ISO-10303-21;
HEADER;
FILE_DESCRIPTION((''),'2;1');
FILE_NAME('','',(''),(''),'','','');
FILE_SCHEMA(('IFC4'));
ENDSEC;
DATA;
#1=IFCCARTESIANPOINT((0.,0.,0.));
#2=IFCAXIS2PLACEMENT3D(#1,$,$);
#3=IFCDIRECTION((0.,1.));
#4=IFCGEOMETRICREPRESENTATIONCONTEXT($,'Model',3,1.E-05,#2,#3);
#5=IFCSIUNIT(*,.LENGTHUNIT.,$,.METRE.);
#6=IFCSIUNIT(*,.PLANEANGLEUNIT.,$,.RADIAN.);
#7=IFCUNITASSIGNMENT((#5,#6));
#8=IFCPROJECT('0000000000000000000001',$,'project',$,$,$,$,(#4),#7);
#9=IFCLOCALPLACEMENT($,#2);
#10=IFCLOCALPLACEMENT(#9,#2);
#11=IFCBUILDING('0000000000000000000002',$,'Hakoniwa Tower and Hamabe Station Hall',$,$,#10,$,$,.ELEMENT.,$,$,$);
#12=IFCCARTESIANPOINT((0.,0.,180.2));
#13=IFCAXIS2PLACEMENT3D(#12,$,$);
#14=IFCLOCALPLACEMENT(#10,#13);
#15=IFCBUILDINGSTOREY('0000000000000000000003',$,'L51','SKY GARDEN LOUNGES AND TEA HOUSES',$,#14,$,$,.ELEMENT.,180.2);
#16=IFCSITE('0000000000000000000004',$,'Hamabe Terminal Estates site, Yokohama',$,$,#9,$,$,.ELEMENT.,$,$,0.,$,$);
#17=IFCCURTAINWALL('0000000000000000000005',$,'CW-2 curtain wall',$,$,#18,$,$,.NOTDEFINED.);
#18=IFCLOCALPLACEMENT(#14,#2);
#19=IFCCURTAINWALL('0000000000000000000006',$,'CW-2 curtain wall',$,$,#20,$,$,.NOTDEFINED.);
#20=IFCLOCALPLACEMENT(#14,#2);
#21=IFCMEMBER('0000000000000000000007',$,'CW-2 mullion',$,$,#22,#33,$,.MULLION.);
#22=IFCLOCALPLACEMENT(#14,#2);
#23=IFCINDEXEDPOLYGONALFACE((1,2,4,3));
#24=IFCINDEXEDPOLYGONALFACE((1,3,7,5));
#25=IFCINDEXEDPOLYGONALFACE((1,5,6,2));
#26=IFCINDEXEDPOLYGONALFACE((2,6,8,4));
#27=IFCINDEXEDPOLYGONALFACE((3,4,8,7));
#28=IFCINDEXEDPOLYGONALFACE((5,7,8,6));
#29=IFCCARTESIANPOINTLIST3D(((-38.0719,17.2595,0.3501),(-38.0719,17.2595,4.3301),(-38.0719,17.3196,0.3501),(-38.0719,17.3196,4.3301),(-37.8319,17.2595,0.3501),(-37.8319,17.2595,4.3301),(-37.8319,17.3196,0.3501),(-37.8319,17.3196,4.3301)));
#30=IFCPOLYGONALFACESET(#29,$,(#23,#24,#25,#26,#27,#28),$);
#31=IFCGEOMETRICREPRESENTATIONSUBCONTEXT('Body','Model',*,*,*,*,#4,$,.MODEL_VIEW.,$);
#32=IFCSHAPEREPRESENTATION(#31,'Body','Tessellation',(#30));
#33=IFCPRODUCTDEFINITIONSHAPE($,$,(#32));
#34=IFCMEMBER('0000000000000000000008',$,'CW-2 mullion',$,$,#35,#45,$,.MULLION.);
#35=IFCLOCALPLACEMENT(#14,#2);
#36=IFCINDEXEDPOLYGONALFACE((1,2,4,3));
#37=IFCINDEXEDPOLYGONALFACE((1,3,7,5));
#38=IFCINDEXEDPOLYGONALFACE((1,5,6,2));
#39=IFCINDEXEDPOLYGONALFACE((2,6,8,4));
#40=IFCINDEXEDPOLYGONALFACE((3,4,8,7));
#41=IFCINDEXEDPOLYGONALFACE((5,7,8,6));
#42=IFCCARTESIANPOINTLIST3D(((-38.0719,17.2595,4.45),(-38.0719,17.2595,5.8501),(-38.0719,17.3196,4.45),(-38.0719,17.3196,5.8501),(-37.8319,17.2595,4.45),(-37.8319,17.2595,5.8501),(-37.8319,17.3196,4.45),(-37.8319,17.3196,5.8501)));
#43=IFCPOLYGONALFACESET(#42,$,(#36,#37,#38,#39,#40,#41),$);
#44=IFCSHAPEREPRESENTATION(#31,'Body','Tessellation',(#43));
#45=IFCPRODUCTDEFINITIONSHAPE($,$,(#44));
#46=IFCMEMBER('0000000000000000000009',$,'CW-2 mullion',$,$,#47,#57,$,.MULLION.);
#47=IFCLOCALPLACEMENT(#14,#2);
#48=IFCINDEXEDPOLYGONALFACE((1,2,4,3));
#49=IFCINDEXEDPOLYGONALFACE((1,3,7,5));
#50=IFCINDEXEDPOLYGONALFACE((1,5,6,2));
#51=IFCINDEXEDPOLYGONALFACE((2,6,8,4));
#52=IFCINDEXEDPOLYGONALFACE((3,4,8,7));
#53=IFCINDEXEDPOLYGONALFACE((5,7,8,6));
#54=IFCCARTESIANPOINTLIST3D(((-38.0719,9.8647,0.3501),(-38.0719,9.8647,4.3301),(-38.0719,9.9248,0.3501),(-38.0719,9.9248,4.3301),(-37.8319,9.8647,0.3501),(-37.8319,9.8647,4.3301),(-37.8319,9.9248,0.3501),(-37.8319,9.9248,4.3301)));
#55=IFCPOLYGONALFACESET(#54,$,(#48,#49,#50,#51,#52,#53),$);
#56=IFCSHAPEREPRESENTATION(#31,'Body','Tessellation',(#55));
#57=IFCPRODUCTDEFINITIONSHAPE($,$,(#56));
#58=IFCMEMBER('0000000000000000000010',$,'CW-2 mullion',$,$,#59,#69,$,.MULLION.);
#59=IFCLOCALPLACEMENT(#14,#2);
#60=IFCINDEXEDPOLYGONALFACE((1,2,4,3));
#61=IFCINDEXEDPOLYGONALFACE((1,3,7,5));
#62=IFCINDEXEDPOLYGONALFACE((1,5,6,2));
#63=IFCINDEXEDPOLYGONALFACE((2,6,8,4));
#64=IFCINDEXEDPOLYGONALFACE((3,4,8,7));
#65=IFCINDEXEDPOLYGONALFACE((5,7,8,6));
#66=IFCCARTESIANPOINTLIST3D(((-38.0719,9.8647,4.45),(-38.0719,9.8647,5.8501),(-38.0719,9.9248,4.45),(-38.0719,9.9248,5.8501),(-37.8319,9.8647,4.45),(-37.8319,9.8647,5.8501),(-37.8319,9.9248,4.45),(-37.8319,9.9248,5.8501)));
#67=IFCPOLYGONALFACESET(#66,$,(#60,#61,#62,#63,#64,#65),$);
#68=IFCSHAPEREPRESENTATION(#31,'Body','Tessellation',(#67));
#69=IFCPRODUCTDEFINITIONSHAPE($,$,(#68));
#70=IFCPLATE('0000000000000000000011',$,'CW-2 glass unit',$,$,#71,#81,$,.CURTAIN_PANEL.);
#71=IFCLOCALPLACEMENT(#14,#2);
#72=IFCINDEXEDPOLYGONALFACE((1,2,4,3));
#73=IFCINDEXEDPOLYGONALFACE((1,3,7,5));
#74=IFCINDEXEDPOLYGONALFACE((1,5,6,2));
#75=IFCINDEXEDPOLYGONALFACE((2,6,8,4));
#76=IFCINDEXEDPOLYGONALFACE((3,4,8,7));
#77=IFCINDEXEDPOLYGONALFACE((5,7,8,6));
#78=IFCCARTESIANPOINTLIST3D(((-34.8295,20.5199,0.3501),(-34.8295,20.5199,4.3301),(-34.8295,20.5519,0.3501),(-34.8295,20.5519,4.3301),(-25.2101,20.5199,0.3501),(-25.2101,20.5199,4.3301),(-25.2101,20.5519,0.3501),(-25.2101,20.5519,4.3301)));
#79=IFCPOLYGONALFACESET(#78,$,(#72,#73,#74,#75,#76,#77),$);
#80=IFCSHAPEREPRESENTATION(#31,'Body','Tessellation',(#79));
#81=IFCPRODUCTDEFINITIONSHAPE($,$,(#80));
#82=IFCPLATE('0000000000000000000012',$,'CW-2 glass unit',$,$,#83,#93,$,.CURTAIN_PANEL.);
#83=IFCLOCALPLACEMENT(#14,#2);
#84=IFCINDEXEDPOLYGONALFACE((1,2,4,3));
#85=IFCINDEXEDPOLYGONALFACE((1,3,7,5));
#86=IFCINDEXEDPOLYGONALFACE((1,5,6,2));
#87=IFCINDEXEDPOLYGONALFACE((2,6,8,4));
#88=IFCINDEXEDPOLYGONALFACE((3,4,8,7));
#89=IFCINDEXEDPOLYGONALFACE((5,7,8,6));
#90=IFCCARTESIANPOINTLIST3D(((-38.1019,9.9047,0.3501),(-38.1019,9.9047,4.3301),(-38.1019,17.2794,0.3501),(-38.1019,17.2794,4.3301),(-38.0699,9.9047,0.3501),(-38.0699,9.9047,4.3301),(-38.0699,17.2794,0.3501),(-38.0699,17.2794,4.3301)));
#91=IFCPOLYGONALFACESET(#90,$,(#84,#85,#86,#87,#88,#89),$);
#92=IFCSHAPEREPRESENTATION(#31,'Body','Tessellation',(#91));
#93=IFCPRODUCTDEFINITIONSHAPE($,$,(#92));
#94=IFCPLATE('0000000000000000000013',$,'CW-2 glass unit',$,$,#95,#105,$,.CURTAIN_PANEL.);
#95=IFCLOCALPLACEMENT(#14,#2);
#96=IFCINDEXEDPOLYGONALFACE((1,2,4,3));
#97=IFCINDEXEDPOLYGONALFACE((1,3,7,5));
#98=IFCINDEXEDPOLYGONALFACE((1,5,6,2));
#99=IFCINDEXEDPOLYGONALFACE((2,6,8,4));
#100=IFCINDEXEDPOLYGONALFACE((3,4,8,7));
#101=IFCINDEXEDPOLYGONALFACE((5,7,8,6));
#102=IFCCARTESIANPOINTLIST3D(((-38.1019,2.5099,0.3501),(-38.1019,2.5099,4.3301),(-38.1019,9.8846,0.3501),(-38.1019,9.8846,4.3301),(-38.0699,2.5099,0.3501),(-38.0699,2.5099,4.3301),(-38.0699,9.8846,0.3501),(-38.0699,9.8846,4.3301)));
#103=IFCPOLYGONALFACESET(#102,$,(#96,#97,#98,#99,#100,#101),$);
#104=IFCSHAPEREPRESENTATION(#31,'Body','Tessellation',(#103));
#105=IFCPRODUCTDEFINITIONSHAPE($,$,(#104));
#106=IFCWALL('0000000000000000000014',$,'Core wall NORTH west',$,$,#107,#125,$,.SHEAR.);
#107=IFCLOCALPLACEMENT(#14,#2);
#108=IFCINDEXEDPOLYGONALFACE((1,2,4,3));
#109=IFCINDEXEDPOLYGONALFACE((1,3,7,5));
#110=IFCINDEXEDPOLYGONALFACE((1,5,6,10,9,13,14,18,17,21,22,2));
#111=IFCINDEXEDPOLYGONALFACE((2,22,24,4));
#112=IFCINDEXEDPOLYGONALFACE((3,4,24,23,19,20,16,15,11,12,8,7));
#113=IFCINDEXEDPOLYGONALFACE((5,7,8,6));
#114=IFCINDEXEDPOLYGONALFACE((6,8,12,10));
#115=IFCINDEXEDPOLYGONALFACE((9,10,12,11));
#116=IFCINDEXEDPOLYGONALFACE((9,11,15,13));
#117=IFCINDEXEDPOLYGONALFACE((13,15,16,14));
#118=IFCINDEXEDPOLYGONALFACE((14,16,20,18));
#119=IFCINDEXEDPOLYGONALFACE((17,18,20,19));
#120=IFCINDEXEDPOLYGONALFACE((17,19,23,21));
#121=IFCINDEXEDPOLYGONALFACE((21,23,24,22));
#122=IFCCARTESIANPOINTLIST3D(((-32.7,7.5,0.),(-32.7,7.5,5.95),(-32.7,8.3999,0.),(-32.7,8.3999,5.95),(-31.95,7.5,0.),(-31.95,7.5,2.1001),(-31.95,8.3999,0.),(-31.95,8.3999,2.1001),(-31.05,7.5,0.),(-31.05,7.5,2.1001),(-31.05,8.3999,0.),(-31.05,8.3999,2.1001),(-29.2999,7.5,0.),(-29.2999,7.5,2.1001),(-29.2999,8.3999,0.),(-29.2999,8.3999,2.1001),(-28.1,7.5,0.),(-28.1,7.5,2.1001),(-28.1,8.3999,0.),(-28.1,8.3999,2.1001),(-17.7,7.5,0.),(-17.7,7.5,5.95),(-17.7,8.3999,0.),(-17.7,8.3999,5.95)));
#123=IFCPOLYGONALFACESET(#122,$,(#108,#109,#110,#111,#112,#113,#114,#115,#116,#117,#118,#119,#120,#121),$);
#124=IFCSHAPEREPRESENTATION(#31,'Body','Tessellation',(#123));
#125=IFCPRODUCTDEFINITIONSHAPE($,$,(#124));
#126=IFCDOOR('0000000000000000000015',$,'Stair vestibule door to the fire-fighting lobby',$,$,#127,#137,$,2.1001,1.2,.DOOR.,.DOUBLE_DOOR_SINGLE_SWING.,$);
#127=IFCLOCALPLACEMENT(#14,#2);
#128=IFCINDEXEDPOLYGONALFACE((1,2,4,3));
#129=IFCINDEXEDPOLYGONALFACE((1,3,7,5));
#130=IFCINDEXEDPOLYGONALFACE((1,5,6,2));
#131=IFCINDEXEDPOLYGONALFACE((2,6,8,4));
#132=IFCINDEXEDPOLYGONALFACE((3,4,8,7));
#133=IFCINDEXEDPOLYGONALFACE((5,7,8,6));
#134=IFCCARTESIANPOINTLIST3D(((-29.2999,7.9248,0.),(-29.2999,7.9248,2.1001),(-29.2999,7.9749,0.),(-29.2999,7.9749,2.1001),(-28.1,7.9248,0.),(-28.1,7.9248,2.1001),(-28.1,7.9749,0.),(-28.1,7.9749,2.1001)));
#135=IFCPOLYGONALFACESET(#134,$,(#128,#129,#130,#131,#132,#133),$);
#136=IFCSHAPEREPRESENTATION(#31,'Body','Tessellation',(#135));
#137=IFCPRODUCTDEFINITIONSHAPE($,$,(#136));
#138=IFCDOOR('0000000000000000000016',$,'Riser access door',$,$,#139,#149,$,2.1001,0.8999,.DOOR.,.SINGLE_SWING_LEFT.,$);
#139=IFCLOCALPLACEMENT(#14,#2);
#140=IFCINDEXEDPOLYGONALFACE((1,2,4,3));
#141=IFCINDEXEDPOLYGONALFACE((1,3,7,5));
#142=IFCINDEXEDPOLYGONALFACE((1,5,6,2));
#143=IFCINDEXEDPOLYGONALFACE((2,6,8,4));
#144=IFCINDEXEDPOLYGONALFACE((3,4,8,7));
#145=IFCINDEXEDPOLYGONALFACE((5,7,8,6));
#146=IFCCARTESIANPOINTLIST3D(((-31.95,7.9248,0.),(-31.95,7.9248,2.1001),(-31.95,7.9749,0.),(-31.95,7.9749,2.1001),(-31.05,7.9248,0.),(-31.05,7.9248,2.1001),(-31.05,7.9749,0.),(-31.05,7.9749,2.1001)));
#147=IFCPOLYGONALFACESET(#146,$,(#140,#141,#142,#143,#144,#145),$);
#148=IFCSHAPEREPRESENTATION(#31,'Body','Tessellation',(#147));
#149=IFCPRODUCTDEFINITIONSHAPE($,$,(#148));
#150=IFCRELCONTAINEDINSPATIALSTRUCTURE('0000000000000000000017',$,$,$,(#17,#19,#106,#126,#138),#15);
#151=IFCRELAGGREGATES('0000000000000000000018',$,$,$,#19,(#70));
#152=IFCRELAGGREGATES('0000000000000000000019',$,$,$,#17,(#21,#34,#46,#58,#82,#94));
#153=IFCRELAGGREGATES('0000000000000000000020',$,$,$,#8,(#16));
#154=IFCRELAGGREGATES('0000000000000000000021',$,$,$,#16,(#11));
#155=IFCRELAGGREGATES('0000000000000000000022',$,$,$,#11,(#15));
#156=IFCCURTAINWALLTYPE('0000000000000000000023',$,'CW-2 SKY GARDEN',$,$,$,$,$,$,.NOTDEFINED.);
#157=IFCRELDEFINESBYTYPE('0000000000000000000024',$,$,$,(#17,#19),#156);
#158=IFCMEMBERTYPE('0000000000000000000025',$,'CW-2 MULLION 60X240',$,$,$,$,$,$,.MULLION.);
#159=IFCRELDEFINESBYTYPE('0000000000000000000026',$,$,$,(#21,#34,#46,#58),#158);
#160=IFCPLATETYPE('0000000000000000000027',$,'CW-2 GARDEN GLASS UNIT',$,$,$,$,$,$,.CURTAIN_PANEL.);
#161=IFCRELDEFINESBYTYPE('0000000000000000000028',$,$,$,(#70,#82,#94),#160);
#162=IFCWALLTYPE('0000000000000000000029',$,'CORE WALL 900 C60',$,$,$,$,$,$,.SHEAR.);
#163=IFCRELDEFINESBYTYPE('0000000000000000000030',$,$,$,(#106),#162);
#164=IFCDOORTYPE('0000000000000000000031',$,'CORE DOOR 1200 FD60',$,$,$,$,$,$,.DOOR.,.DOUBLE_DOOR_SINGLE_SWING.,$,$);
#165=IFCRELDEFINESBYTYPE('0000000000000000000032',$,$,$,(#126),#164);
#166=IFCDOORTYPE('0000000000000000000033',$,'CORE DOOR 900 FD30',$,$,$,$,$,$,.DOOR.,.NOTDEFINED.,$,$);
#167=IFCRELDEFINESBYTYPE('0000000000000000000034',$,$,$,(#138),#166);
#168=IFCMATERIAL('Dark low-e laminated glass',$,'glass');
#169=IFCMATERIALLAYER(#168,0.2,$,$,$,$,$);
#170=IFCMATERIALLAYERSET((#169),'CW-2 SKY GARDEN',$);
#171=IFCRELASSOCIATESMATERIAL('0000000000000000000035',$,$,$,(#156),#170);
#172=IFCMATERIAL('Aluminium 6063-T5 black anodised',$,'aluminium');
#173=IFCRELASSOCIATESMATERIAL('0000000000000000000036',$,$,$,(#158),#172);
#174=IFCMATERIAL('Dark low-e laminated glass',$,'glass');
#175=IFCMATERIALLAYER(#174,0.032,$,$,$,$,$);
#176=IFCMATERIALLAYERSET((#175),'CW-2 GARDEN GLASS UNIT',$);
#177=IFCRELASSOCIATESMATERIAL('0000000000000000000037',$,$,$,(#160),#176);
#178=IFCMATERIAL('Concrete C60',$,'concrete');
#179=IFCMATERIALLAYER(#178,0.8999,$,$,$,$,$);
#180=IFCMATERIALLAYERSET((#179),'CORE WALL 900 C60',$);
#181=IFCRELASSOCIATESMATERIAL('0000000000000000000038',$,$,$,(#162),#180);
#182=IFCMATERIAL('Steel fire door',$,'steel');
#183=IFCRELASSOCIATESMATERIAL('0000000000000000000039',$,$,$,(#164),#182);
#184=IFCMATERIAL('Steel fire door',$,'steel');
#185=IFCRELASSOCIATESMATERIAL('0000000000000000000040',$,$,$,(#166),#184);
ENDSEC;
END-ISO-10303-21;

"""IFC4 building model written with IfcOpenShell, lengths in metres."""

from ifc_helpers import new_model, si_unit, direction, frame, frame_2d, origin, origin_2d, place, context, subcontext, project, spatial, rectangle, extrude, material, layer, layer_set, material_profile, profile_set, type_object, element, fill, aggregate, save


model = new_model("IFC4")

# Units and contexts
model_context = context("Model", 3, precision=1e-05, world=origin(), true_north=direction((0.0, 1.0)))
body_context = subcontext(model_context, "Body", "Model", "MODEL_VIEW")
ifc_project = project(units=[si_unit("LENGTHUNIT", "METRE"), si_unit("PLANEANGLEUNIT", "RADIAN")], contexts=[model_context])

# Site, building, storey
site_placement = place(None, origin())
site = spatial("IfcSite", under=ifc_project, at=site_placement, Name="Hamabe Terminal Estates site, Yokohama", CompositionType="ELEMENT", RefElevation=0.0)
building_placement = place(site_placement, origin())
building = spatial("IfcBuilding", under=site, at=building_placement, Name="Hakoniwa Tower and Hamabe Station Hall", CompositionType="ELEMENT")
storey_placement = place(building_placement, frame((0.0, 0.0, 180.2)))
storey = spatial("IfcBuildingStorey", under=building, at=storey_placement, Name="L51", Description="SKY GARDEN LOUNGES AND TEA HOUSES", CompositionType="ELEMENT", Elevation=180.2)

# Curtain walls
ifc_material_1 = material(Name="Dark low-e laminated glass", Category="glass")
ifc_layer_1 = layer(ifc_material_1, 0.2)
ifc_layer_set_1 = layer_set([ifc_layer_1], Name="CW-2 SKY GARDEN")
curtain_wall_type = type_object("IfcCurtainWallType", Name="CW-2 SKY GARDEN", PredefinedType="NOTDEFINED", material=ifc_layer_set_1)
curtain_wall_1_placement = place(storey_placement, origin())
curtain_wall_1 = element("IfcCurtainWall", 1, at=curtain_wall_1_placement, inside=storey, type_object=curtain_wall_type, Name="CW-2 curtain wall", PredefinedType="NOTDEFINED")
curtain_wall_2_placement = place(storey_placement, origin())
curtain_wall_2 = element("IfcCurtainWall", 2, at=curtain_wall_2_placement, inside=storey, type_object=curtain_wall_type, Name="CW-2 curtain wall", PredefinedType="NOTDEFINED")
ifc_material_2 = material(Name="Aluminium 6063-T5 black anodised", Category="aluminium")
ifc_material_profile_1 = material_profile(ifc_material_2, rectangle(XDim=0.0601, YDim=0.24, at=origin_2d()), Name="CW-2 MULLION 60X240")
ifc_profile_set_1 = profile_set([ifc_material_profile_1], Name="Aluminium 6063-T5 black anodised")
member_type_1 = type_object("IfcMemberType", Name="CW-2 MULLION 60X240", PredefinedType="MULLION", material=ifc_profile_set_1)

# Members
member_1_placement = place(storey_placement, frame((-37.9519, 17.2896, 0.3501), z_axis=(0.0, 0.0, 1.0), x_axis=(0.0, -1.0, 0.0)))
member_1 = element("IfcMember", 3, at=member_1_placement, type_object=member_type_1, Name="CW-2 mullion", PredefinedType="MULLION", context=body_context, shape_type="SweptSolid", body=[
    extrude(rectangle(XDim=0.0601, YDim=0.24, at=origin_2d()), origin(), (0.0, 0.0, 1.0), 3.98),
])
member_2_placement = place(storey_placement, frame((-37.9519, 17.2896, 4.45), z_axis=(0.0, 0.0, 1.0), x_axis=(0.0, -1.0, 0.0)))
member_2 = element("IfcMember", 4, at=member_2_placement, type_object=member_type_1, Name="CW-2 mullion", PredefinedType="MULLION", context=body_context, shape_type="SweptSolid", body=[
    extrude(rectangle(XDim=0.0601, YDim=0.24, at=origin_2d()), origin(), (0.0, 0.0, 1.0), 1.4001),
])
member_3_placement = place(storey_placement, frame((-37.9519, 9.8948, 0.3501), z_axis=(0.0, 0.0, 1.0), x_axis=(0.0, -1.0, 0.0)))
member_3 = element("IfcMember", 5, at=member_3_placement, type_object=member_type_1, Name="CW-2 mullion", PredefinedType="MULLION", context=body_context, shape_type="SweptSolid", body=[
    extrude(rectangle(XDim=0.0601, YDim=0.24, at=origin_2d()), origin(), (0.0, 0.0, 1.0), 3.98),
])
member_4_placement = place(storey_placement, frame((-37.9519, 9.8948, 4.45), z_axis=(0.0, 0.0, 1.0), x_axis=(0.0, -1.0, 0.0)))
member_4 = element("IfcMember", 6, at=member_4_placement, type_object=member_type_1, Name="CW-2 mullion", PredefinedType="MULLION", context=body_context, shape_type="SweptSolid", body=[
    extrude(rectangle(XDim=0.0601, YDim=0.24, at=origin_2d()), origin(), (0.0, 0.0, 1.0), 1.4001),
])

# Plates
ifc_material_3 = material(Name="Dark low-e laminated glass", Category="glass")
ifc_layer_2 = layer(ifc_material_3, 0.032)
ifc_layer_set_2 = layer_set([ifc_layer_2], Name="CW-2 GARDEN GLASS UNIT")
plate_type = type_object("IfcPlateType", Name="CW-2 GARDEN GLASS UNIT", PredefinedType="CURTAIN_PANEL", material=ifc_layer_set_2)
plate_1_placement = place(storey_placement, frame((-30.0198, 20.5359, 0.3501), z_axis=(0.0, 0.0, 1.0), x_axis=(-1.0, 0.0, 0.0)))
plate_1 = element("IfcPlate", 7, at=plate_1_placement, type_object=plate_type, Name="CW-2 glass unit", PredefinedType="CURTAIN_PANEL", context=body_context, shape_type="SweptSolid", body=[
    extrude(rectangle(XDim=9.6194, YDim=0.032, at=origin_2d()), origin(), (0.0, 0.0, 1.0), 3.98),
])
aggregate(curtain_wall_2, [plate_1])
plate_2_placement = place(storey_placement, frame((-38.0859, 13.592, 0.3501), z_axis=(0.0, 0.0, 1.0), x_axis=(0.0, -1.0, 0.0)))
plate_2 = element("IfcPlate", 8, at=plate_2_placement, type_object=plate_type, Name="CW-2 glass unit", PredefinedType="CURTAIN_PANEL", context=body_context, shape_type="SweptSolid", body=[
    extrude(rectangle(XDim=7.3748, YDim=0.032, at=origin_2d()), origin(), (0.0, 0.0, 1.0), 3.98),
])
plate_3_placement = place(storey_placement, frame((-38.0859, 6.1973, 0.3501), z_axis=(0.0, 0.0, 1.0), x_axis=(0.0, -1.0, 0.0)))
plate_3 = element("IfcPlate", 9, at=plate_3_placement, type_object=plate_type, Name="CW-2 glass unit", PredefinedType="CURTAIN_PANEL", context=body_context, shape_type="SweptSolid", body=[
    extrude(rectangle(XDim=7.3748, YDim=0.032, at=origin_2d()), origin(), (0.0, 0.0, 1.0), 3.98),
])

# Wall, openings, doors
ifc_material_4 = material(Name="Concrete C60", Category="concrete")
ifc_layer_3 = layer(ifc_material_4, 0.8999)
ifc_layer_set_3 = layer_set([ifc_layer_3], Name="CORE WALL 900 C60")
wall_type_1 = type_object("IfcWallType", Name="CORE WALL 900 C60", PredefinedType="SHEAR", material=ifc_layer_set_3)
wall_1_placement = place(storey_placement, frame((-32.7, 7.95, 0.0), z_axis=(0.0, 0.0, 1.0), x_axis=(1.0, 0.0, 0.0)))
wall_1 = element("IfcWall", 10, at=wall_1_placement, inside=storey, type_object=wall_type_1, Name="Core wall NORTH west", PredefinedType="SHEAR", context=body_context, shape_type="SweptSolid", body=[
    extrude(rectangle(XDim=15.0, YDim=0.8999, at=frame_2d((7.5, 0.0))), origin(), (0.0, 0.0, 1.0), 5.95),
])
opening_1_placement = place(wall_1_placement, frame((3.3999, 0.0, 0.0)))
opening_1 = element("IfcOpeningElement", 11, at=opening_1_placement, cuts=wall_1, PredefinedType="OPENING", context=body_context, shape_type="SweptSolid", body=[
    extrude(rectangle(XDim=1.2, YDim=2.1001, at=frame_2d((0.6001, 1.05))), frame((0.0, 0.46, 0.0), z_axis=(0.0, -1.0, 0.0), x_axis=(1.0, 0.0, 0.0)), (0.0, 0.0, 1.0), 0.9199),
])
opening_2_placement = place(wall_1_placement, frame((0.75, 0.0, 0.0)))
opening_2 = element("IfcOpeningElement", 12, at=opening_2_placement, cuts=wall_1, PredefinedType="OPENING", context=body_context, shape_type="SweptSolid", body=[
    extrude(rectangle(XDim=0.8999, YDim=2.1001, at=frame_2d((0.45, 1.05))), frame((0.0, 0.46, 0.0), z_axis=(0.0, -1.0, 0.0), x_axis=(1.0, 0.0, 0.0)), (0.0, 0.0, 1.0), 0.9199),
])
ifc_material_5 = material(Name="Steel fire door", Category="steel")
door_type_1 = type_object("IfcDoorType", Name="CORE DOOR 1200 FD60", OperationType="DOUBLE_DOOR_SINGLE_SWING", PredefinedType="DOOR", material=ifc_material_5)
door_1_placement = place(opening_1_placement, origin())
door_1 = element("IfcDoor", 13, at=door_1_placement, inside=storey, type_object=door_type_1, Name="Stair vestibule door to the fire-fighting lobby", OperationType="DOUBLE_DOOR_SINGLE_SWING", OverallHeight=2.1001, OverallWidth=1.2, PredefinedType="DOOR", context=body_context, shape_type="SweptSolid", body=[
    extrude(rectangle(XDim=1.2, YDim=2.1001, at=frame_2d((0.6001, 1.05))), frame((0.0, 0.0249, 0.0), z_axis=(0.0, -1.0, 0.0), x_axis=(1.0, 0.0, 0.0)), (0.0, 0.0, 1.0), 0.05),
])
fill(opening_1, door_1)
ifc_material_6 = material(Name="Steel fire door", Category="steel")
door_type_2 = type_object("IfcDoorType", Name="CORE DOOR 900 FD30", OperationType="NOTDEFINED", PredefinedType="DOOR", material=ifc_material_6)
door_2_placement = place(opening_2_placement, origin())
door_2 = element("IfcDoor", 14, at=door_2_placement, inside=storey, type_object=door_type_2, Name="Riser access door", OperationType="SINGLE_SWING_LEFT", OverallHeight=2.1001, OverallWidth=0.8999, PredefinedType="DOOR", context=body_context, shape_type="SweptSolid", body=[
    extrude(rectangle(XDim=0.8999, YDim=2.1001, at=frame_2d((0.45, 1.05))), frame((0.0, 0.0249, 0.0), z_axis=(0.0, -1.0, 0.0), x_axis=(1.0, 0.0, 0.0)), (0.0, 0.0, 1.0), 0.05),
])
fill(opening_2, door_2)

aggregate(curtain_wall_1, [member_1, member_2, member_3, member_4, plate_2, plate_3])

save(model, "model.ifc")
